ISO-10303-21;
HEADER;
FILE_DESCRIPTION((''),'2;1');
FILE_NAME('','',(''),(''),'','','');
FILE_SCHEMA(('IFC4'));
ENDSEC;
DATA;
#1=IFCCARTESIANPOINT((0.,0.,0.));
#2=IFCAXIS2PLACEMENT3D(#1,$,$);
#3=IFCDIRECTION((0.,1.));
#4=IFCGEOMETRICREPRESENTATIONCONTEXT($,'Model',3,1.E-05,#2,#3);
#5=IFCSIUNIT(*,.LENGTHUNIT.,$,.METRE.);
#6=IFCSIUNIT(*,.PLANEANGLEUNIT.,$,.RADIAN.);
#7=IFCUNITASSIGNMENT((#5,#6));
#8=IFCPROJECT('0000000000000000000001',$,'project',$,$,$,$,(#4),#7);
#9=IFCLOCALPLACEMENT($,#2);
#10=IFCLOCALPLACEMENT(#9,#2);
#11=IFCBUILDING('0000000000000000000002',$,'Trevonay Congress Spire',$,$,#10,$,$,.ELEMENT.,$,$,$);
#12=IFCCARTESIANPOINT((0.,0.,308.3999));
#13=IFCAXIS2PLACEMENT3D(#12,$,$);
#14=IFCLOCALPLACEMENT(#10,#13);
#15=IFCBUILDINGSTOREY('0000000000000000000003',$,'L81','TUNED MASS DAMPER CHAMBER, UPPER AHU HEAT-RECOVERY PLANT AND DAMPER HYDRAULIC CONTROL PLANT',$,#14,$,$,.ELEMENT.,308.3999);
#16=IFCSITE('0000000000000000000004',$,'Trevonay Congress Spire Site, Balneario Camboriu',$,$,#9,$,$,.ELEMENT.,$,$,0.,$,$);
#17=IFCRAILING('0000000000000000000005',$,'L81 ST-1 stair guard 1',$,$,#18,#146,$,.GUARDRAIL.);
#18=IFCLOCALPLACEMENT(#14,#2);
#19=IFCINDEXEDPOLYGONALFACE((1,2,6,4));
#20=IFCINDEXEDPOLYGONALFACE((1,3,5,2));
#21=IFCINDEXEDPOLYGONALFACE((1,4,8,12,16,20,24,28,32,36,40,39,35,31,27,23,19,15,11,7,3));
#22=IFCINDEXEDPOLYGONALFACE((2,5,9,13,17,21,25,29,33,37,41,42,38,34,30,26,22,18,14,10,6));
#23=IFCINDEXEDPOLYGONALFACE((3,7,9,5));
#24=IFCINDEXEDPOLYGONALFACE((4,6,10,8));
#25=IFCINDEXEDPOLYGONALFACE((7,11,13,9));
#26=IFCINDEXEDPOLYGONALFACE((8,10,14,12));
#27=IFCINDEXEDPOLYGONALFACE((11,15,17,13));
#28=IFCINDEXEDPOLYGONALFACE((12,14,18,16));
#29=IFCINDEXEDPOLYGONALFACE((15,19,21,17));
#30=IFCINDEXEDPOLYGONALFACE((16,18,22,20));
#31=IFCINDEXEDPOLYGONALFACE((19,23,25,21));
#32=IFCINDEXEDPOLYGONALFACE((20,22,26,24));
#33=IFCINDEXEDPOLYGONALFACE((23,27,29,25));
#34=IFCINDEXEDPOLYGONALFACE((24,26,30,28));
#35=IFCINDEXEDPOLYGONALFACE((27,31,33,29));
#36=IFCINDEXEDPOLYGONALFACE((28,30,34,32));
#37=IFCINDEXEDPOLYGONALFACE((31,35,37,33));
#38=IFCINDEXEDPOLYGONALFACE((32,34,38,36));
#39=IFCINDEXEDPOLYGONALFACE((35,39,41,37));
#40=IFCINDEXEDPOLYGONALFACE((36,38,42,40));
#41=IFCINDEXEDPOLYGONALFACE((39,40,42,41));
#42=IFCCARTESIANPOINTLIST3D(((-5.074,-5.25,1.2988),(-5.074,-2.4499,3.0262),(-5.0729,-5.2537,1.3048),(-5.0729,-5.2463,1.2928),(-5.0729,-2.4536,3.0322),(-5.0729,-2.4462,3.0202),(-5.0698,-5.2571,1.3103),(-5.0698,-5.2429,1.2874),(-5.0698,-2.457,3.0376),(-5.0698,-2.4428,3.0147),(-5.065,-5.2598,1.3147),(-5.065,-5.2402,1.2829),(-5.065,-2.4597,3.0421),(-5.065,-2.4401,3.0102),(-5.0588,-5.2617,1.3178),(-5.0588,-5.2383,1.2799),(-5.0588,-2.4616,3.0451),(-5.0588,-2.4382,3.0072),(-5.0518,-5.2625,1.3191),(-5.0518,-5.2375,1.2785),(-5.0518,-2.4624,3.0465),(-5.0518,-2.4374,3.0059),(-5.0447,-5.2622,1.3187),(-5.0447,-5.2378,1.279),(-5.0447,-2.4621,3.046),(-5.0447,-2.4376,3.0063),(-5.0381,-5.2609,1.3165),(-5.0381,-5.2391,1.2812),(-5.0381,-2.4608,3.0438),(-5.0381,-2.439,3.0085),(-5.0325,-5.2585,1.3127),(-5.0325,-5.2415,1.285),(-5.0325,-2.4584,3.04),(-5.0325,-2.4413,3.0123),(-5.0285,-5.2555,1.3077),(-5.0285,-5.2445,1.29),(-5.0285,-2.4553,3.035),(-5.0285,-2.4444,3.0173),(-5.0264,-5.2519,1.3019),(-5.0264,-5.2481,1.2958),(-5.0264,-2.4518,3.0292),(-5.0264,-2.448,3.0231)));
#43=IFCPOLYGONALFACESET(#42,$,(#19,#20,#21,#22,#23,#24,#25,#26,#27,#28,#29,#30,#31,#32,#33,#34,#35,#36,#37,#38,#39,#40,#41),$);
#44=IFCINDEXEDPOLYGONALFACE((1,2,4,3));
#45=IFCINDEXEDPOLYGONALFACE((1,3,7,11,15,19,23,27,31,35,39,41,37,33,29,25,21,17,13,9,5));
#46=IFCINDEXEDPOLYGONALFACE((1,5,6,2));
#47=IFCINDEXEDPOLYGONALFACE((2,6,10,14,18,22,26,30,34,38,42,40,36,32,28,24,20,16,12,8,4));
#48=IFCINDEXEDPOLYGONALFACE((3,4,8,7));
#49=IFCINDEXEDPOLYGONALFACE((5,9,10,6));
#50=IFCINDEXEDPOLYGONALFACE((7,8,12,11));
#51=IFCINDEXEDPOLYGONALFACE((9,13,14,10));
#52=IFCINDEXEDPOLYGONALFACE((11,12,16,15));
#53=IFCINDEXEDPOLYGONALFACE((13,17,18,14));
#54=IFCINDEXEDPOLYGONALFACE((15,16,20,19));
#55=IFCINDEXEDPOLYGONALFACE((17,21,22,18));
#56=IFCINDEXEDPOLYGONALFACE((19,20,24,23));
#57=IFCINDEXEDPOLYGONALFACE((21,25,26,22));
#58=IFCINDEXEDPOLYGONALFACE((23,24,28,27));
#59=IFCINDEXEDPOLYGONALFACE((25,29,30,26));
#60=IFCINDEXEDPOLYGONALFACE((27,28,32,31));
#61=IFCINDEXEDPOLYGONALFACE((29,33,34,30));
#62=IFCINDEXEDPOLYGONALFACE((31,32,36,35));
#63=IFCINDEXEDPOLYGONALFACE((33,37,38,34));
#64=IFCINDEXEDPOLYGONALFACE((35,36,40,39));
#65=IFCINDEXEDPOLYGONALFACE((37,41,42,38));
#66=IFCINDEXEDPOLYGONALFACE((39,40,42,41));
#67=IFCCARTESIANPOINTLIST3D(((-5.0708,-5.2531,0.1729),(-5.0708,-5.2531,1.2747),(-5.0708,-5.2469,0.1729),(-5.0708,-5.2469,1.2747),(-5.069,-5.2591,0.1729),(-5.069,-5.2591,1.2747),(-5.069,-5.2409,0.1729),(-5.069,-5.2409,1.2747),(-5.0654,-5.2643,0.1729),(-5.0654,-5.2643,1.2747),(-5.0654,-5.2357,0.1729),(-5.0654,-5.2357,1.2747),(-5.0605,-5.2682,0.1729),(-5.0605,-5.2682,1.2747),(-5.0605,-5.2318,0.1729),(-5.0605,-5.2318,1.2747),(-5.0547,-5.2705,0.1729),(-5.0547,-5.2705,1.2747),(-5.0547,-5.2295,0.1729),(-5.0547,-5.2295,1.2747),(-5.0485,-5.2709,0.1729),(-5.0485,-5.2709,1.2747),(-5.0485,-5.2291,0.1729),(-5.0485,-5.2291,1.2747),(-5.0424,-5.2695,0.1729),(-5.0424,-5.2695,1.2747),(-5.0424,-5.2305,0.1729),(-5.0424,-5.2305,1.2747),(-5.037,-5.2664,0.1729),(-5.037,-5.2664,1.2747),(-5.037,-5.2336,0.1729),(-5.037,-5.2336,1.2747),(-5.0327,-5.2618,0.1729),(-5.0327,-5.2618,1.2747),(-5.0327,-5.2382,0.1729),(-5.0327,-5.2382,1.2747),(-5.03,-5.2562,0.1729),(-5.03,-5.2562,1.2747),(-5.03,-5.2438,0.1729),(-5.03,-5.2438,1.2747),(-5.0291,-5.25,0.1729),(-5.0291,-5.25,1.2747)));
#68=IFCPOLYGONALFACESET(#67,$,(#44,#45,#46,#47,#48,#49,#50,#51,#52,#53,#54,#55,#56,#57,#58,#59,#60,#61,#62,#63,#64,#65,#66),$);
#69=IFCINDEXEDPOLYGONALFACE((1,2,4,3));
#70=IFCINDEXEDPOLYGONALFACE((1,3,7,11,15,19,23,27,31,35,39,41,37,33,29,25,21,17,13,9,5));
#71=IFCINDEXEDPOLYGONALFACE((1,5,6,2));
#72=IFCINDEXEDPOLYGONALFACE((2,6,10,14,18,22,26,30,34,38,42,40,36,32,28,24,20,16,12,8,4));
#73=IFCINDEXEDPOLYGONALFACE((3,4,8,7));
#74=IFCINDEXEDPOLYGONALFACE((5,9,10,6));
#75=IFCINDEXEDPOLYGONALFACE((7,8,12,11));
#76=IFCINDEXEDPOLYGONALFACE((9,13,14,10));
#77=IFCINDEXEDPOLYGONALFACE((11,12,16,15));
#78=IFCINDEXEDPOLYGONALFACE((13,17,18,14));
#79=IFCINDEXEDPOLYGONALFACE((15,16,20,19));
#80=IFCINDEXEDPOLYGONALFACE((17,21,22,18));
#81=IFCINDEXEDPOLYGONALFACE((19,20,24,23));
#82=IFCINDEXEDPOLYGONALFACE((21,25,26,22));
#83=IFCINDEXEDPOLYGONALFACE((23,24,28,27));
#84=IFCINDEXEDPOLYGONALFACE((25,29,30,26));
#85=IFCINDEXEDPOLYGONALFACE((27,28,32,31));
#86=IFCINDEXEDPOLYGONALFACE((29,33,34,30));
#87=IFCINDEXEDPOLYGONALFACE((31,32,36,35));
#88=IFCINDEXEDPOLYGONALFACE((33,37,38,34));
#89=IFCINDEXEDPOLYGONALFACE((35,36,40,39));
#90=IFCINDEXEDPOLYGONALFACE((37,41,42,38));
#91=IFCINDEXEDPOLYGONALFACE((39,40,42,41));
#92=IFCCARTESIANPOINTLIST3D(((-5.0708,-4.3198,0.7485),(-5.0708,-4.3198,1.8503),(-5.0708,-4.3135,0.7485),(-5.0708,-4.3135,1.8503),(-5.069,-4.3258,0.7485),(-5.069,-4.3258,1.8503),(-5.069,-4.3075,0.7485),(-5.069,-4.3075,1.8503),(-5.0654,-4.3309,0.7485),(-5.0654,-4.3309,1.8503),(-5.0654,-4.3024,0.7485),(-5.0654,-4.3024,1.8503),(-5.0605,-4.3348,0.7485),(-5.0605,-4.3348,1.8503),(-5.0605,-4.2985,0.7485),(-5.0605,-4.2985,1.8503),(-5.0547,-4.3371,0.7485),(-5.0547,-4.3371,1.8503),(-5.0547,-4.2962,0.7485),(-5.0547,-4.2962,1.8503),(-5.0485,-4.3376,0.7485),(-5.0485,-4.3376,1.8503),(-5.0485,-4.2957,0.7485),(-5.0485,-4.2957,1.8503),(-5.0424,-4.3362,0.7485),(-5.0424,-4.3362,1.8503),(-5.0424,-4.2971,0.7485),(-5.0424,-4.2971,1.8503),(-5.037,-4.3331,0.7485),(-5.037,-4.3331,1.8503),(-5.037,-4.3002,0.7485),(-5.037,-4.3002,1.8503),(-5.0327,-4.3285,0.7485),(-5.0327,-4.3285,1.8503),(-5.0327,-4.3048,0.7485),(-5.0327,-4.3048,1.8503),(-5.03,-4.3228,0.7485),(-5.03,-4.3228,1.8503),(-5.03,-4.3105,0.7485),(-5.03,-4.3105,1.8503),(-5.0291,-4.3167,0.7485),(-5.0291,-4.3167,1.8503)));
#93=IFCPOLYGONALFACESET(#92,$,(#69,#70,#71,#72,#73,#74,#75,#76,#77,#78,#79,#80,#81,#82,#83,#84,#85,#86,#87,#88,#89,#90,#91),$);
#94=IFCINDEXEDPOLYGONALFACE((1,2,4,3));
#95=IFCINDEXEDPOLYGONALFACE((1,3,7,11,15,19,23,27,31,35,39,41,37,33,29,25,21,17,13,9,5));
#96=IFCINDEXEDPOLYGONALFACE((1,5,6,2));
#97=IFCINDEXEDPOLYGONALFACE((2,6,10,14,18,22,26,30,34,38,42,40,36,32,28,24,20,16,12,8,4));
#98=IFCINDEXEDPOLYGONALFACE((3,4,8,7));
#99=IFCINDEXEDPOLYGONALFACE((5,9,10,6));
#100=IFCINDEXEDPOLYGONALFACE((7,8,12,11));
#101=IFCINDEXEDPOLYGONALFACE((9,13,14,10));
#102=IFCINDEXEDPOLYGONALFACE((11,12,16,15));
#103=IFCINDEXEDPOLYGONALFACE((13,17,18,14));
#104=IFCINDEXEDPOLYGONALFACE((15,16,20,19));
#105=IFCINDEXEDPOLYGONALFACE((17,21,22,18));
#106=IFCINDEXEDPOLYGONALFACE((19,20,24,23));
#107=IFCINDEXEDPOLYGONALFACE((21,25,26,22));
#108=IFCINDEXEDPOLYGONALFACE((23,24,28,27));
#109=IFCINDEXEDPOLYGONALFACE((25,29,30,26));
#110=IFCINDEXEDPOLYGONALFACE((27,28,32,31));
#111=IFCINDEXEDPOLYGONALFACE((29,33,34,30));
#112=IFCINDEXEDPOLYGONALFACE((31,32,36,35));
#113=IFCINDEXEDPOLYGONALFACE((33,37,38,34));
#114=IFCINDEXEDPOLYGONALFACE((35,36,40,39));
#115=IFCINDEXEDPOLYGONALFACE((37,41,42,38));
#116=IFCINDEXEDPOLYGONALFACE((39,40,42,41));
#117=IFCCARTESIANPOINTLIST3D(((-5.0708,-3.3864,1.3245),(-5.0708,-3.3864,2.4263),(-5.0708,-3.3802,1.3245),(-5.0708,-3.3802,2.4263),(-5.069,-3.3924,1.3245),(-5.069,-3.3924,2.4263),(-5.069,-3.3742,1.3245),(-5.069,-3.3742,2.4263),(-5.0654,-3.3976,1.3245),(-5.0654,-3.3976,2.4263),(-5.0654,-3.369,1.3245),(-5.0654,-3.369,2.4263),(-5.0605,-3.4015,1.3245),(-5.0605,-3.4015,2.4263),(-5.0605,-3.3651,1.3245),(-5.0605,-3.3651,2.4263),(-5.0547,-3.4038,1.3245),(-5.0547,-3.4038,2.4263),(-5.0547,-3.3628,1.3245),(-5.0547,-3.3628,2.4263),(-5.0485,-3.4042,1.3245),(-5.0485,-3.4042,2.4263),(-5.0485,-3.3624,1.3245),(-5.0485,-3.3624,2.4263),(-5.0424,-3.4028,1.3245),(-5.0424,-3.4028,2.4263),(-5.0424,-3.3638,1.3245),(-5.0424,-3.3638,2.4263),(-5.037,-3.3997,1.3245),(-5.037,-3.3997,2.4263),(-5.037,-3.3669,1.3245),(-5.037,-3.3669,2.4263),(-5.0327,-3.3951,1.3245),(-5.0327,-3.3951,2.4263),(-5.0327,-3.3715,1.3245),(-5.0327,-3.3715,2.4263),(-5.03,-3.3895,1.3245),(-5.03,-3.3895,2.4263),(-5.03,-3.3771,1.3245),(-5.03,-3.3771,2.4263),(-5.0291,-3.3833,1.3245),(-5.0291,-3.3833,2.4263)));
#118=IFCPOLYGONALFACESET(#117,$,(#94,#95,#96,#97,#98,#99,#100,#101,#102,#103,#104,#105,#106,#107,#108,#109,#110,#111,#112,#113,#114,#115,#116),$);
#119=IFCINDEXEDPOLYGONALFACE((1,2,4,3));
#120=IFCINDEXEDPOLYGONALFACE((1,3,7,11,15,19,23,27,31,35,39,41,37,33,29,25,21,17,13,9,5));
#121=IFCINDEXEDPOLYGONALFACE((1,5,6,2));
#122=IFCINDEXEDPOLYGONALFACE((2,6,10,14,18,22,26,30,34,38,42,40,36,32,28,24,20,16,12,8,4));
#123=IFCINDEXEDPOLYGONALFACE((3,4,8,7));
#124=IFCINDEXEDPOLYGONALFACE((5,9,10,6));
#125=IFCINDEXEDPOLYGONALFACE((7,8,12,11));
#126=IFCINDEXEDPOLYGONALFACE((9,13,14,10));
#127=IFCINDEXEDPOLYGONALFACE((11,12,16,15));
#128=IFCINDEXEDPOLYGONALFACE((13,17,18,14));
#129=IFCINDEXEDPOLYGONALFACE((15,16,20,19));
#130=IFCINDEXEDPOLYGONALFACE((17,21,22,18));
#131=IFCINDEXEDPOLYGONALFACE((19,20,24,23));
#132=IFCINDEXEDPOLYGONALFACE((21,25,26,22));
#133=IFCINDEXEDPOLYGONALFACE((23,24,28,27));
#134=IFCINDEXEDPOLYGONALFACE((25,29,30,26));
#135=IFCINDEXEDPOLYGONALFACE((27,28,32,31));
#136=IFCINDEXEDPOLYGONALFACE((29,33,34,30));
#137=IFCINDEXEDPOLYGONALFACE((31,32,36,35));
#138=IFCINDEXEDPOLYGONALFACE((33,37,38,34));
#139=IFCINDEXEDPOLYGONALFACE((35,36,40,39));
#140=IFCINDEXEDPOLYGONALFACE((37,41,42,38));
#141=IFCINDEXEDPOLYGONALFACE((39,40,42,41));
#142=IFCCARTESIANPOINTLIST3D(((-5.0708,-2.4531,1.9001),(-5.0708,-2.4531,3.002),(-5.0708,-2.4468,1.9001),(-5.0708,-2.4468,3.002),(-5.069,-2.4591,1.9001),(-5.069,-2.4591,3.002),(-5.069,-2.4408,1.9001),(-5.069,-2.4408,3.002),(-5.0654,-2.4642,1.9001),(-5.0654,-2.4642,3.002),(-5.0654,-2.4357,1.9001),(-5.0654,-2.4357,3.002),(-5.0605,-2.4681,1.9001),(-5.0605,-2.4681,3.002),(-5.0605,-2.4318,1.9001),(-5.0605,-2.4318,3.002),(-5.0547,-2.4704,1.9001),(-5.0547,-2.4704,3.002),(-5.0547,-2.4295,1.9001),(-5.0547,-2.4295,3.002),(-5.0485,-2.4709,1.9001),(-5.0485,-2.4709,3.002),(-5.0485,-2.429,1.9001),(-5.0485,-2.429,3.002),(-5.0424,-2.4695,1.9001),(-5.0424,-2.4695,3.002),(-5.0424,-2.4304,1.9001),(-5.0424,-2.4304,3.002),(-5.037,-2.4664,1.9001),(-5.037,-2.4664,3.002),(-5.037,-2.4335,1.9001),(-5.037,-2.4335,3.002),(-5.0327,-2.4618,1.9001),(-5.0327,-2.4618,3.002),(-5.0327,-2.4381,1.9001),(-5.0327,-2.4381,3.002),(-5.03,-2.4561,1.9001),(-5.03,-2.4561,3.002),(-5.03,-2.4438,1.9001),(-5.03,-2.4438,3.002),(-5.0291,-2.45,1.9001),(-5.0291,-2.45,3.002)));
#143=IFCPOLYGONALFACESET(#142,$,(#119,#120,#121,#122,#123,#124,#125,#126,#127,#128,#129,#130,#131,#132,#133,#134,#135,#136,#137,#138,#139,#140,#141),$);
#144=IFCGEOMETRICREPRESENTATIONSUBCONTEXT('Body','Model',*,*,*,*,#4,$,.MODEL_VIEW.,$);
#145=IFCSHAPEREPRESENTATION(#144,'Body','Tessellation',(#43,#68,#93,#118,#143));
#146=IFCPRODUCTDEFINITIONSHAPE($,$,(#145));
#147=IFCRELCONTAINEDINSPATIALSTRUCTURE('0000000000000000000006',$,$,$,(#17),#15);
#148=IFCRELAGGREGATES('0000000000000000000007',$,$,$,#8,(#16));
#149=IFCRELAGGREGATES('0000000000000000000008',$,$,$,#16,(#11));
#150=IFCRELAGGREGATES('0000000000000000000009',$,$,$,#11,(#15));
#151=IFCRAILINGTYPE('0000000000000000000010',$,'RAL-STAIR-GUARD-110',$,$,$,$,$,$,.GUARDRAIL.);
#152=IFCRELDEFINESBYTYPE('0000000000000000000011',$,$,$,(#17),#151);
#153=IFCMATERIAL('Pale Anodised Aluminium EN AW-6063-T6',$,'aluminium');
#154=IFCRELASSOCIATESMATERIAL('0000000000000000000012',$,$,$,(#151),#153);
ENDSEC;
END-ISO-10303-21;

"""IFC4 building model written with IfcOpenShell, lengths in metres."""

from ifc_helpers import new_model, si_unit, direction, frame, origin, origin_2d, place, context, subcontext, project, spatial, circle, extrude, material, type_object, element, save


model = new_model("IFC4")

# Units and contexts
model_context = context("Model", 3, precision=1e-05, world=origin(), true_north=direction((0.0, 1.0)))
body_context = subcontext(model_context, "Body", "Model", "MODEL_VIEW")
ifc_project = project(units=[si_unit("LENGTHUNIT", "METRE"), si_unit("PLANEANGLEUNIT", "RADIAN")], contexts=[model_context])

# Site, building, storey
site_placement = place(None, origin())
site = spatial("IfcSite", under=ifc_project, at=site_placement, Name="Trevonay Congress Spire Site, Balneario Camboriu", CompositionType="ELEMENT", RefElevation=0.0)
building_placement = place(site_placement, origin())
building = spatial("IfcBuilding", under=site, at=building_placement, Name="Trevonay Congress Spire", CompositionType="ELEMENT")
storey_placement = place(building_placement, frame((0.0, 0.0, 308.3999)))
storey = spatial("IfcBuildingStorey", under=building, at=storey_placement, Name="L81", Description="TUNED MASS DAMPER CHAMBER, UPPER AHU HEAT-RECOVERY PLANT AND DAMPER HYDRAULIC CONTROL PLANT", CompositionType="ELEMENT", Elevation=308.3999)

# Railing
ifc_material_1 = material(Name="Pale Anodised Aluminium EN AW-6063-T6", Category="aluminium")
railing_type_1 = type_object("IfcRailingType", Name="RAL-STAIR-GUARD-110", PredefinedType="GUARDRAIL", material=ifc_material_1)
railing_1_placement = place(storey_placement, frame((-5.05, -5.25, 0.1729)))
element("IfcRailing", 1, at=railing_1_placement, inside=storey, type_object=railing_type_1, Name="L81 ST-1 stair guard 1", PredefinedType="GUARDRAIL", context=body_context, shape_type="SweptSolid", body=[
    extrude(circle(Radius=0.0239, at=origin_2d()), frame((0.0, 0.0, 1.126), z_axis=(0.0, 0.85109, 0.52502), x_axis=(-1.0, 0.0, 0.0)), (0.0, 0.0, 1.0), 3.29),
    extrude(circle(Radius=0.021, at=origin_2d()), origin(), (0.0, 0.0, 1.0), 1.1018),
    extrude(circle(Radius=0.021, at=origin_2d()), frame((0.0, 0.9333, 0.5757)), (0.0, 0.0, 1.0), 1.1018),
    extrude(circle(Radius=0.021, at=origin_2d()), frame((0.0, 1.8667, 1.1516)), (0.0, 0.0, 1.0), 1.1018),
    extrude(circle(Radius=0.021, at=origin_2d()), frame((0.0, 2.8, 1.7273)), (0.0, 0.0, 1.0), 1.1018),
])

save(model, "model.ifc")
